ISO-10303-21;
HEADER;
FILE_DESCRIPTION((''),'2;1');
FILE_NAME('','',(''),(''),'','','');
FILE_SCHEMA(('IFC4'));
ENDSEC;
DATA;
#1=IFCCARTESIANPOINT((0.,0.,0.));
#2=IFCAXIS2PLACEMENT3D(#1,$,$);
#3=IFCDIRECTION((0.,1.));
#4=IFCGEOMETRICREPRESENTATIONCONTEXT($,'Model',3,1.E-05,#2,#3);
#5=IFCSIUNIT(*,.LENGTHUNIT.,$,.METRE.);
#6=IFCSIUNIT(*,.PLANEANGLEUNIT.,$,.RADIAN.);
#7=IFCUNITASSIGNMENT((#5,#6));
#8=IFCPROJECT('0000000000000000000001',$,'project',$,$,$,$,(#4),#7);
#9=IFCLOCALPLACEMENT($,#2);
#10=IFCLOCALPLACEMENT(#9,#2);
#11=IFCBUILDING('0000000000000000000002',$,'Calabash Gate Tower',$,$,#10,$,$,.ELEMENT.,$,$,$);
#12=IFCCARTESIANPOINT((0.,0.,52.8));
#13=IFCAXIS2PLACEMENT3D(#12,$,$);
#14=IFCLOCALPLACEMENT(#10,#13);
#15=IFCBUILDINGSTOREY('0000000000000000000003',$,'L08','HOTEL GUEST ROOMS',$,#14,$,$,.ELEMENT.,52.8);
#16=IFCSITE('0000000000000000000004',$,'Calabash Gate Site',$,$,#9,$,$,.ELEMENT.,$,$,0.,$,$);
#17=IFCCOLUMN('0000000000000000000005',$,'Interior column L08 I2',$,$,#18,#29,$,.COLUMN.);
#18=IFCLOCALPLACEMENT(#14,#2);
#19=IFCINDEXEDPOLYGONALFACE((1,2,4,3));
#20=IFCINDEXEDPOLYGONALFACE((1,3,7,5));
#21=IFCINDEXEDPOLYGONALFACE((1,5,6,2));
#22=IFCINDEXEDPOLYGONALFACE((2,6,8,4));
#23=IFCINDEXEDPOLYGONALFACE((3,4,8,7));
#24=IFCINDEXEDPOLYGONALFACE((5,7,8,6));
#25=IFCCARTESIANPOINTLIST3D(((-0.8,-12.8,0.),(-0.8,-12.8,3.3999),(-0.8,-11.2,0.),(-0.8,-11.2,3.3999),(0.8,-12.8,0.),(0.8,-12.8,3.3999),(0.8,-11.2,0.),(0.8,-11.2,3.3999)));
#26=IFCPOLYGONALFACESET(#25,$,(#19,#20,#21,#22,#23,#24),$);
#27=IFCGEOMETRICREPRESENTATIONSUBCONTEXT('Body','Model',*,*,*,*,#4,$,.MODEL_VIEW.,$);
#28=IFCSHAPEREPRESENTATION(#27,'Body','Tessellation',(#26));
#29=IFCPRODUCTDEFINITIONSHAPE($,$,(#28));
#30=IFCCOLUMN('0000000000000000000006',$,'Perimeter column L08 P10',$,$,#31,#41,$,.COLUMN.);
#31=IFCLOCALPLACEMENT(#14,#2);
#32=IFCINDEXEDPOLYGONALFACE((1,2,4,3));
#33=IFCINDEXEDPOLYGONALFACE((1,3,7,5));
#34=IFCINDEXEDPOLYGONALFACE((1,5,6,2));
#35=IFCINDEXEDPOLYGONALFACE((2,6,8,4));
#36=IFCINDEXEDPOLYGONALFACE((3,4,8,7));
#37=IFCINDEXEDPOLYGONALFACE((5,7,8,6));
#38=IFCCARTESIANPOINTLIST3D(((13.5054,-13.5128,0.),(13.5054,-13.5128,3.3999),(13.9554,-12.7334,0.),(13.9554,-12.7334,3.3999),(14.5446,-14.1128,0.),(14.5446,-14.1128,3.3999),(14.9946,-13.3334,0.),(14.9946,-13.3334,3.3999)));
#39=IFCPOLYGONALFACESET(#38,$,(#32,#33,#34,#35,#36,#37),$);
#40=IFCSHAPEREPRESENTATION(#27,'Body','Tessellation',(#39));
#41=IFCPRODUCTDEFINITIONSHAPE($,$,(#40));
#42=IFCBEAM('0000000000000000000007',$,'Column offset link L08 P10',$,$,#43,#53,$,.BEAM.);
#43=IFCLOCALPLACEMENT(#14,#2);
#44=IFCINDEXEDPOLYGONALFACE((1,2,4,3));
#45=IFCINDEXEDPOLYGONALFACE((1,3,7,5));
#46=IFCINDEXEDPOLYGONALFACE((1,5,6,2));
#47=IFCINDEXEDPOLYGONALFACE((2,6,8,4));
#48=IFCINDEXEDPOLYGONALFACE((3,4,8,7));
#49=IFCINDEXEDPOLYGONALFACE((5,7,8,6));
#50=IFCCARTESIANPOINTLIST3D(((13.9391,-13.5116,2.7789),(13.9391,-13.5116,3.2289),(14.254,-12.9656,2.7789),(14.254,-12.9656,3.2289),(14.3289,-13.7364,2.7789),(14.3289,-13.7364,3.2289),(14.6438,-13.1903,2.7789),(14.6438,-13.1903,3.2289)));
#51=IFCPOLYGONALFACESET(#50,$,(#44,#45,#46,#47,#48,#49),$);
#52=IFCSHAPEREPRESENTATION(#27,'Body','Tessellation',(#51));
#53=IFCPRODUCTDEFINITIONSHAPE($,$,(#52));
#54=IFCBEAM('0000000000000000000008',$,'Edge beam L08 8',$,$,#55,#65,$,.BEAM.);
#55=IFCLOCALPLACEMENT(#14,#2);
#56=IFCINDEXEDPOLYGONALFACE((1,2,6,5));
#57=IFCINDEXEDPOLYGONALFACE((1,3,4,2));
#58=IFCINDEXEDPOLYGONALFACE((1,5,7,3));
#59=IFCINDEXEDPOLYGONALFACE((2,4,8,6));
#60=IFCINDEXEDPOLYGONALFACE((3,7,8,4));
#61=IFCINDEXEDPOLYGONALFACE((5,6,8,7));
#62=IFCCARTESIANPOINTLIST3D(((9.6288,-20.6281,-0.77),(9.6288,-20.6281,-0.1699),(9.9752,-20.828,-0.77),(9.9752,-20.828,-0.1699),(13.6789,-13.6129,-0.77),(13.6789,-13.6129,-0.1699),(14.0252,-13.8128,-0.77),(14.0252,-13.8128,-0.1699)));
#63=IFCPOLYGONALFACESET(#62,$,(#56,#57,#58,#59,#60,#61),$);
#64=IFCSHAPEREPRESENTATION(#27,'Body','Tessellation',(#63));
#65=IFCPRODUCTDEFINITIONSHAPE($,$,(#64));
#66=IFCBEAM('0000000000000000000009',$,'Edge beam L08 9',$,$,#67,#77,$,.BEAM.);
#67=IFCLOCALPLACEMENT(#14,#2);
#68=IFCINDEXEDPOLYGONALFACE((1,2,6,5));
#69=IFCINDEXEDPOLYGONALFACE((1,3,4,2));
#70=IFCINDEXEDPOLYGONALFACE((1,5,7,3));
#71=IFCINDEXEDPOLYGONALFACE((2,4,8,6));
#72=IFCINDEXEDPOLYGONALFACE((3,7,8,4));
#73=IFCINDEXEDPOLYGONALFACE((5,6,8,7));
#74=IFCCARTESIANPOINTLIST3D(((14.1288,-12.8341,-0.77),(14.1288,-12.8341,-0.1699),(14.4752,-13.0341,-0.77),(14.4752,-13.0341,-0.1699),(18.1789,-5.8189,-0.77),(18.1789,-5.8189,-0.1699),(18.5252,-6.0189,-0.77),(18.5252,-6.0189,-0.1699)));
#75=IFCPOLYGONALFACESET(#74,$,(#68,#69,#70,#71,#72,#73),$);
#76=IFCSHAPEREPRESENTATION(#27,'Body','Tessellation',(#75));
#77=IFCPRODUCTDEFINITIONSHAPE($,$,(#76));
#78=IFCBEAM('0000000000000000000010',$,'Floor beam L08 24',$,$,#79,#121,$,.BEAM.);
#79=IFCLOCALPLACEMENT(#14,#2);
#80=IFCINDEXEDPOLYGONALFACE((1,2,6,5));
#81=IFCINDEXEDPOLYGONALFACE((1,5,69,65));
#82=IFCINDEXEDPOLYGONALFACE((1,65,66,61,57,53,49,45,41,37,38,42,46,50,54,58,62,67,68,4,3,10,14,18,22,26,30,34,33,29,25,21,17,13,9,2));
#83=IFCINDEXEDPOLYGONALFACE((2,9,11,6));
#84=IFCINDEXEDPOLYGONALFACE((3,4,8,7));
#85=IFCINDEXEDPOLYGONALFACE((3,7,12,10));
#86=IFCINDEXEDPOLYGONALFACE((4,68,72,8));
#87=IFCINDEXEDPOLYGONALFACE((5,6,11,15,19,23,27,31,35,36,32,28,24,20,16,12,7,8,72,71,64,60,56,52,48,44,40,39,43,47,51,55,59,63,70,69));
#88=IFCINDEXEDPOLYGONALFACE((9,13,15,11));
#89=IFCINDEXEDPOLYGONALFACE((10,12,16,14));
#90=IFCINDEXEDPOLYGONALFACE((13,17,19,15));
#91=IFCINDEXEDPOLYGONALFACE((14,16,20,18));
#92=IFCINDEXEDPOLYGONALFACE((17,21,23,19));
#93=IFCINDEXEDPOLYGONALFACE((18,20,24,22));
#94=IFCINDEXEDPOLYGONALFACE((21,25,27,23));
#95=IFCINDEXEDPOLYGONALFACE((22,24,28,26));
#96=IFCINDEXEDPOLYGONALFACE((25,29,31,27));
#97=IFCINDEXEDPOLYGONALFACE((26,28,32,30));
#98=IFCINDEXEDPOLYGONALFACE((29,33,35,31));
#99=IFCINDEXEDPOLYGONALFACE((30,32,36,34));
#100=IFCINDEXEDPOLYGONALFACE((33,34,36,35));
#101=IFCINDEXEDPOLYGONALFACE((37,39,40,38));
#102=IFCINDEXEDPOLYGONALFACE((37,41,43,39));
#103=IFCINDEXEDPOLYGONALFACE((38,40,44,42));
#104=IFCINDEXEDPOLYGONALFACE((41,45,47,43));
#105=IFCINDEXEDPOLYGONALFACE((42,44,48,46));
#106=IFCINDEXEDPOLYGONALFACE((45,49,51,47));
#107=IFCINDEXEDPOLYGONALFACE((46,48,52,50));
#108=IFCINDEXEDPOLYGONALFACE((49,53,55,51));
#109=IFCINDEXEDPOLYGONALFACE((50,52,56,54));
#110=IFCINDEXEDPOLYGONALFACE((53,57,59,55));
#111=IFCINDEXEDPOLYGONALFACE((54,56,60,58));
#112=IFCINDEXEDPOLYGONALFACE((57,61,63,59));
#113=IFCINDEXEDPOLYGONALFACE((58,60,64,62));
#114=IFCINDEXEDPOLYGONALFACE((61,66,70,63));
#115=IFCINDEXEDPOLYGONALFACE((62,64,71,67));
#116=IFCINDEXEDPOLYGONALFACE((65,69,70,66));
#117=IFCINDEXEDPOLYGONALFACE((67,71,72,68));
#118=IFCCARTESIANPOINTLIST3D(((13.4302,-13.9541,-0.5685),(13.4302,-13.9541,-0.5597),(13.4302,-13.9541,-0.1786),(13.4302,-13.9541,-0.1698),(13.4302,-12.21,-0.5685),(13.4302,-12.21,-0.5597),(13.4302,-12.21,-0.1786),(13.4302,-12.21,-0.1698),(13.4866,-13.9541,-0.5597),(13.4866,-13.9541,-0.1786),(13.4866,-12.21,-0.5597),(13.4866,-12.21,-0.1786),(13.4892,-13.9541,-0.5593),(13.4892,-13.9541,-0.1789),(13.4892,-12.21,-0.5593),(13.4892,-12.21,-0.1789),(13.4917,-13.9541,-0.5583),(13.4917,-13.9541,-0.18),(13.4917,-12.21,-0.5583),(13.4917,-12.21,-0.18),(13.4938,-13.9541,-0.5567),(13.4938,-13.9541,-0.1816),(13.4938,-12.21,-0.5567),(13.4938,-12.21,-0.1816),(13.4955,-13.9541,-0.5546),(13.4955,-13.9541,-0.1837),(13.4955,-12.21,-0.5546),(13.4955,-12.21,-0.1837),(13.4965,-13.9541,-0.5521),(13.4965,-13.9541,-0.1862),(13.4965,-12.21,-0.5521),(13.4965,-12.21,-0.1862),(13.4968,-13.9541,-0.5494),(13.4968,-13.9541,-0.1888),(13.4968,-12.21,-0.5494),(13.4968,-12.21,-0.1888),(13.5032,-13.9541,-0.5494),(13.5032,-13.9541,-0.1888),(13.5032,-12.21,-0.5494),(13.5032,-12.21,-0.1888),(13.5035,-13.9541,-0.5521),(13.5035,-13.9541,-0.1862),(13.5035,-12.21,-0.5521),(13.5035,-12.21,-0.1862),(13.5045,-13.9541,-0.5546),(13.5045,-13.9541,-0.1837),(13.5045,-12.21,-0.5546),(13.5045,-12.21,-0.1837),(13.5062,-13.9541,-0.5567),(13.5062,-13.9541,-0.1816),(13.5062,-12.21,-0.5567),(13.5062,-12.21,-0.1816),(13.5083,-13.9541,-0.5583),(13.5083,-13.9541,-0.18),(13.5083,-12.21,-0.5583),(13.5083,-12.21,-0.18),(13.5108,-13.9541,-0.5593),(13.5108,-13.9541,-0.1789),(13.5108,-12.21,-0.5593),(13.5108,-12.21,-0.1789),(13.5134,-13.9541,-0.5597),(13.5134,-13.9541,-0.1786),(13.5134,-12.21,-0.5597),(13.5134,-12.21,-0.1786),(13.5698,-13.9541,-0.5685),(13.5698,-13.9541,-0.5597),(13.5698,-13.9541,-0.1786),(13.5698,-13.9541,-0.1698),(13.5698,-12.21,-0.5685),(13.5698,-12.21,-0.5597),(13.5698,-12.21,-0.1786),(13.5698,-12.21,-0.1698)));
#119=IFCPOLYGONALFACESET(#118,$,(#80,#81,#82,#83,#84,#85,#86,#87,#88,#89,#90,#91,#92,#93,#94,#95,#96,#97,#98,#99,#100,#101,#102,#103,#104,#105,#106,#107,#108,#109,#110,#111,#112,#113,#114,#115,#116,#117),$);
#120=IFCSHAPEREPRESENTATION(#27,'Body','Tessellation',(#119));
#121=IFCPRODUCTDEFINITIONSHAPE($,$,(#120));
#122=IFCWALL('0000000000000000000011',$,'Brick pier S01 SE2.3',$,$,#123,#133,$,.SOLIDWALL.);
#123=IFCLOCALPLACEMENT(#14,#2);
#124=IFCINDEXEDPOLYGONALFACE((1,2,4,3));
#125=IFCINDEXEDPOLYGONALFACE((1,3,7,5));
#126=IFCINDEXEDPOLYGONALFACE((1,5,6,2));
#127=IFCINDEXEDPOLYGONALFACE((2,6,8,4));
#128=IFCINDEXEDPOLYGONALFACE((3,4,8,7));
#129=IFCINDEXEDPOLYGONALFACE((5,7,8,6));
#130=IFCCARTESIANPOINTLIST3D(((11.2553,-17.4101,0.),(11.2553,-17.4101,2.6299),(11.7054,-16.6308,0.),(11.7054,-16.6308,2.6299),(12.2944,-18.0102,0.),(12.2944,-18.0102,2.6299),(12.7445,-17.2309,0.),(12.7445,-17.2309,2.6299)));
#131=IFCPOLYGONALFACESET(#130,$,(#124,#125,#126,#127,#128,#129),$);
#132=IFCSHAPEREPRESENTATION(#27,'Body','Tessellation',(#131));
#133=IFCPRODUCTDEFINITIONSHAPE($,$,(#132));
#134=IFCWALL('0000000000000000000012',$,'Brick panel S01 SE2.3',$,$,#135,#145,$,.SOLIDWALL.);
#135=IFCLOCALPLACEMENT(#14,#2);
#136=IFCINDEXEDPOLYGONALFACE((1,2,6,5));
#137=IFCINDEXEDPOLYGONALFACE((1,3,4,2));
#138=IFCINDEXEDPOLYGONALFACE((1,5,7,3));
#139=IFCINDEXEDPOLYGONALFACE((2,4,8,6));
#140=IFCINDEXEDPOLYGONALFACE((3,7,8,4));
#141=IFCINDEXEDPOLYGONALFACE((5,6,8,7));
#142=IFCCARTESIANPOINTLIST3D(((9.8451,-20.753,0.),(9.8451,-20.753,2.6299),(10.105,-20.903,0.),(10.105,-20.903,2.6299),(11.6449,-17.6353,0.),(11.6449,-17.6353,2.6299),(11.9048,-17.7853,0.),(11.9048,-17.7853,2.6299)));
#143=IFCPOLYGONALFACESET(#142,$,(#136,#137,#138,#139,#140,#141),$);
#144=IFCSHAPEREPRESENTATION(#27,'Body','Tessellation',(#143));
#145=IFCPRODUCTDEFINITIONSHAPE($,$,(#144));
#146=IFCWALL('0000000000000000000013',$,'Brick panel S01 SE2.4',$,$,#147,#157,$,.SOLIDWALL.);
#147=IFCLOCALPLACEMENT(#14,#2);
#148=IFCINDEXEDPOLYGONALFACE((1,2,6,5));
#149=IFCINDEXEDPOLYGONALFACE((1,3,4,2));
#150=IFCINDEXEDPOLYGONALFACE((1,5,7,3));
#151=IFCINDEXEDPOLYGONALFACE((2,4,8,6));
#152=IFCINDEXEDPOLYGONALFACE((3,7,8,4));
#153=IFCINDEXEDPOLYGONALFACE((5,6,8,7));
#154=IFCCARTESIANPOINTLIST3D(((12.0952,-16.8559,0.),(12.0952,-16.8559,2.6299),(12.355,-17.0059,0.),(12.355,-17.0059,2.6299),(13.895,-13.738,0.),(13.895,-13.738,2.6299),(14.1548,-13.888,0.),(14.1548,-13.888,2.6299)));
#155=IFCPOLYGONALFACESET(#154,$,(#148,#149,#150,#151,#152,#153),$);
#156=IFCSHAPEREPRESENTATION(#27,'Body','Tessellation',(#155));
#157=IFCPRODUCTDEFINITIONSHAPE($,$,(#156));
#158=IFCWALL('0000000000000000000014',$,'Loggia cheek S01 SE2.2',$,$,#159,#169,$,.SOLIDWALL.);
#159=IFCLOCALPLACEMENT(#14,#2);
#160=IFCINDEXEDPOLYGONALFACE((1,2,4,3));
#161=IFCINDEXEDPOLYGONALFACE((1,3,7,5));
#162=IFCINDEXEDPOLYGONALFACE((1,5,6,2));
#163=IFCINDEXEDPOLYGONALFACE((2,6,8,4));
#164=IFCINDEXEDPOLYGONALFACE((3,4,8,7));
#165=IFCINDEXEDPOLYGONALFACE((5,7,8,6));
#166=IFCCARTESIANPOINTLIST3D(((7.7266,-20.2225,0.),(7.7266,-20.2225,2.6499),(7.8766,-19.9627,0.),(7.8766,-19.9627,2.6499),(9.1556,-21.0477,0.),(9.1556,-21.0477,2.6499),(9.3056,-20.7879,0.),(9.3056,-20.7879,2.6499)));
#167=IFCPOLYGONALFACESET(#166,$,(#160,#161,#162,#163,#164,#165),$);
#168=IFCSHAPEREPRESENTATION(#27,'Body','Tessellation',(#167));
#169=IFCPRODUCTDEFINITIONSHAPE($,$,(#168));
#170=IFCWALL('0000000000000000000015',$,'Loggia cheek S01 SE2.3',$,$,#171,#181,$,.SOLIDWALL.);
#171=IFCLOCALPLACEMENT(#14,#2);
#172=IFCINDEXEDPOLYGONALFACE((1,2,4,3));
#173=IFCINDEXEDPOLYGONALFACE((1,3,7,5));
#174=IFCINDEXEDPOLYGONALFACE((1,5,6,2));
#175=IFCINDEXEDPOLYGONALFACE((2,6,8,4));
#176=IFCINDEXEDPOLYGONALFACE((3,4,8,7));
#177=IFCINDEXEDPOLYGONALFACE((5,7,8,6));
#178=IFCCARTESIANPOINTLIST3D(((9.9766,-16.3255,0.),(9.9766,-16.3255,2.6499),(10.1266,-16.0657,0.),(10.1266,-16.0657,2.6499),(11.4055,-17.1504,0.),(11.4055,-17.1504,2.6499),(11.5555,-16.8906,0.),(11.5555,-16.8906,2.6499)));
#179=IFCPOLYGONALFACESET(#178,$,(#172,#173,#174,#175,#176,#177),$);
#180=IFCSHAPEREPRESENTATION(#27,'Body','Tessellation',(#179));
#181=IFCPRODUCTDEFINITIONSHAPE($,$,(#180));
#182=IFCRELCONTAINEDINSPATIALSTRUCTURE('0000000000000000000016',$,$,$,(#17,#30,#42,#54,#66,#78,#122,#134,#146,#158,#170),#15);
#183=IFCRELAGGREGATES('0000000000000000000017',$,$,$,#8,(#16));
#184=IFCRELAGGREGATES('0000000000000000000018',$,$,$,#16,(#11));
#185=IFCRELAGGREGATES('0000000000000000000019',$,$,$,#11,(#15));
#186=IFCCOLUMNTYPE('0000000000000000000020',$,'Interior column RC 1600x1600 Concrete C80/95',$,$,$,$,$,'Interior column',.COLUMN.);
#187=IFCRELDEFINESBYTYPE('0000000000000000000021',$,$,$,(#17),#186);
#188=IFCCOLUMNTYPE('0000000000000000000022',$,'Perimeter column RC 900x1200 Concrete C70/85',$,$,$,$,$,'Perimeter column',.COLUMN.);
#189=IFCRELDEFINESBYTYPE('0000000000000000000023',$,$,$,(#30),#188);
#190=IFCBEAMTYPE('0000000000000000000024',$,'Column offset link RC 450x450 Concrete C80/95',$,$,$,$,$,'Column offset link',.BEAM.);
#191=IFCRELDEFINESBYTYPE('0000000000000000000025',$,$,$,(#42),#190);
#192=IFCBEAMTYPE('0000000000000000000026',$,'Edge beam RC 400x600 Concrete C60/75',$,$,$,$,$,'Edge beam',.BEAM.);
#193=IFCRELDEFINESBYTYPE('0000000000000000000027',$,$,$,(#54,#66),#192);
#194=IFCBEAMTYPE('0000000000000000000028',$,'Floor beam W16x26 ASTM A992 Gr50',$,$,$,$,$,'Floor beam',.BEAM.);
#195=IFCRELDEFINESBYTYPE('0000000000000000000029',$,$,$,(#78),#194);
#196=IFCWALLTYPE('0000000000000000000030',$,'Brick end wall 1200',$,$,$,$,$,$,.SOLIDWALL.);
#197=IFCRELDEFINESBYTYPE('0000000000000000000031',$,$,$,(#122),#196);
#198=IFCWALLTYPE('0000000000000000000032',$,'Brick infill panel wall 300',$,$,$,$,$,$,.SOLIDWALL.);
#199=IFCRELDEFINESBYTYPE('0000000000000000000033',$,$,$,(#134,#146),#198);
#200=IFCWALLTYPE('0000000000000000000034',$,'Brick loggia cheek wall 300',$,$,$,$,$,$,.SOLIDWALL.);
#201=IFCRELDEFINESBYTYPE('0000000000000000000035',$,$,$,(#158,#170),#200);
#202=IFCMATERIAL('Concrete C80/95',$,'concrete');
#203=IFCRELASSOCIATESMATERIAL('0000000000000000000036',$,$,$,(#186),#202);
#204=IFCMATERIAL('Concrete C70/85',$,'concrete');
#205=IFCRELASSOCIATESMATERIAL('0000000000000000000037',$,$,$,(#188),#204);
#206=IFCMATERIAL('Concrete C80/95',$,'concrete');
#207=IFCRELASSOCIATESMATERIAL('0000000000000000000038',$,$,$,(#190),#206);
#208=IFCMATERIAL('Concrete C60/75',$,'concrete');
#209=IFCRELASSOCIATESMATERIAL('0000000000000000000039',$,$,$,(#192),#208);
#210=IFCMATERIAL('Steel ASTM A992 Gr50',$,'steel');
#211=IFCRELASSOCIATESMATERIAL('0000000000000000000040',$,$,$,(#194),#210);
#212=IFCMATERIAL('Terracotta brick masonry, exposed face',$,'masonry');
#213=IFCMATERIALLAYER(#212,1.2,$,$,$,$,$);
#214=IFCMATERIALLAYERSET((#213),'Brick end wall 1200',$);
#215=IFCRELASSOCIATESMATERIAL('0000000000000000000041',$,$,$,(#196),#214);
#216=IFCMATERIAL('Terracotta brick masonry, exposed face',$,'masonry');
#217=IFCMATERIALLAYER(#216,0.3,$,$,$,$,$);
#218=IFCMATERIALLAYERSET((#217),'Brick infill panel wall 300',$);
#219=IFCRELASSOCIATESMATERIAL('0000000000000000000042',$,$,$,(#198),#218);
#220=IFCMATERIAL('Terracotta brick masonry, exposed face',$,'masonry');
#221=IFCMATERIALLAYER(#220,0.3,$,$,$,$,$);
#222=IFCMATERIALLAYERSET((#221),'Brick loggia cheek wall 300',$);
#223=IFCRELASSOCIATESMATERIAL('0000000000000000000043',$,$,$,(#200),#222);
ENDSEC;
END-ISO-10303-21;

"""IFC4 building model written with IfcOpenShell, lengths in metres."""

from ifc_helpers import new_model, si_unit, direction, frame, frame_2d, origin, origin_2d, place, context, subcontext, project, spatial, rectangle, i_section, extrude, material, layer, layer_set, material_profile, profile_set, type_object, element, save


model = new_model("IFC4")

# Units and contexts
model_context = context("Model", 3, precision=1e-05, world=origin(), true_north=direction((0.0, 1.0)))
body_context = subcontext(model_context, "Body", "Model", "MODEL_VIEW")
ifc_project = project(units=[si_unit("LENGTHUNIT", "METRE"), si_unit("PLANEANGLEUNIT", "RADIAN")], contexts=[model_context])

# Site, building, storey
site_placement = place(None, origin())
site = spatial("IfcSite", under=ifc_project, at=site_placement, Name="Calabash Gate Site", CompositionType="ELEMENT", RefElevation=0.0)
building_placement = place(site_placement, origin())
building = spatial("IfcBuilding", under=site, at=building_placement, Name="Calabash Gate Tower", CompositionType="ELEMENT")
storey_placement = place(building_placement, frame((0.0, 0.0, 52.8)))
storey = spatial("IfcBuildingStorey", under=building, at=storey_placement, Name="L08", Description="HOTEL GUEST ROOMS", CompositionType="ELEMENT", Elevation=52.8)

# Columns
ifc_material_1 = material(Name="Concrete C80/95", Category="concrete")
ifc_material_profile_1 = material_profile(ifc_material_1, rectangle(XDim=1.6001, YDim=1.6001, at=origin_2d()))
ifc_profile_set_1 = profile_set([ifc_material_profile_1], Name="Concrete C80/95")
column_type_1 = type_object("IfcColumnType", Name="Interior column RC 1600x1600 Concrete C80/95", ElementType="Interior column", PredefinedType="COLUMN", material=ifc_profile_set_1)
column_1_placement = place(storey_placement, frame((0.0, -12.0, 0.0), z_axis=(0.0, 0.0, 1.0), x_axis=(1.0, 0.0, 0.0)))
element("IfcColumn", 1, at=column_1_placement, inside=storey, type_object=column_type_1, Name="Interior column L08 I2", PredefinedType="COLUMN", context=body_context, shape_type="SweptSolid", body=[
    extrude(rectangle(XDim=1.6001, YDim=1.6001, at=origin_2d()), origin(), (0.0, 0.0, 1.0), 3.3999),
])
ifc_material_2 = material(Name="Concrete C70/85", Category="concrete")
ifc_material_profile_2 = material_profile(ifc_material_2, rectangle(XDim=0.8999, YDim=1.2, at=origin_2d()))
ifc_profile_set_2 = profile_set([ifc_material_profile_2], Name="Concrete C70/85")
column_type_2 = type_object("IfcColumnType", Name="Perimeter column RC 900x1200 Concrete C70/85", ElementType="Perimeter column", PredefinedType="COLUMN", material=ifc_profile_set_2)
column_2_placement = place(storey_placement, frame((14.25, -13.4231, 0.0), z_axis=(0.0, 0.0, 1.0), x_axis=(0.5, 0.866025, 0.0)))
element("IfcColumn", 2, at=column_2_placement, inside=storey, type_object=column_type_2, Name="Perimeter column L08 P10", PredefinedType="COLUMN", context=body_context, shape_type="SweptSolid", body=[
    extrude(rectangle(XDim=0.8999, YDim=1.2, at=origin_2d()), origin(), (0.0, 0.0, 1.0), 3.3999),
])

# Beams
ifc_material_3 = material(Name="Concrete C80/95", Category="concrete")
ifc_material_profile_3 = material_profile(ifc_material_3, rectangle(XDim=0.45, YDim=0.45, at=origin_2d()))
ifc_profile_set_3 = profile_set([ifc_material_profile_3], Name="Concrete C80/95")
beam_type_1 = type_object("IfcBeamType", Name="Column offset link RC 450x450 Concrete C80/95", ElementType="Column offset link", PredefinedType="BEAM", material=ifc_profile_set_3)
beam_1_placement = place(storey_placement, frame((14.134, -13.624, 3.0039), z_axis=(0.499555, 0.866282, 0.0), x_axis=(-0.866282, 0.499555, 0.0)))
element("IfcBeam", 3, at=beam_1_placement, inside=storey, type_object=beam_type_1, Name="Column offset link L08 P10", PredefinedType="BEAM", context=body_context, shape_type="SweptSolid", body=[
    extrude(rectangle(XDim=0.45, YDim=0.45, at=origin_2d()), origin(), (0.0, 0.0, 1.0), 0.6304),
])
ifc_material_4 = material(Name="Concrete C60/75", Category="concrete")
ifc_material_profile_4 = material_profile(ifc_material_4, rectangle(XDim=0.3999, YDim=0.6001, at=origin_2d()))
ifc_profile_set_4 = profile_set([ifc_material_profile_4], Name="Concrete C60/75")
beam_type_2 = type_object("IfcBeamType", Name="Edge beam RC 400x600 Concrete C60/75", ElementType="Edge beam", PredefinedType="BEAM", material=ifc_profile_set_4)
for number, where, z_axis, x_axis, name in (
    (4, (9.802, -20.728, -0.47), (0.499987, 0.866033, 0.0), (-0.866033, 0.499987, 0.0), "Edge beam L08 8"),
    (5, (14.302, -12.9341, -0.47), (0.499987, 0.866033, 0.0), (-0.866033, 0.499987, 0.0), "Edge beam L08 9"),
):
    element("IfcBeam", number, at=place(storey_placement, frame(where, z_axis=z_axis, x_axis=x_axis)), inside=storey, type_object=beam_type_2, Name=name, PredefinedType="BEAM", context=body_context, shape_type="SweptSolid", body=[
        extrude(rectangle(XDim=0.3999, YDim=0.6001, at=origin_2d()), origin(), (0.0, 0.0, 1.0), 8.1003),
    ])
ifc_material_5 = material(Name="Steel ASTM A992 Gr50", Category="steel")
ifc_material_profile_5 = material_profile(ifc_material_5, i_section(OverallWidth=0.1396, OverallDepth=0.3987, WebThickness=0.0063, FlangeThickness=0.0088, FilletRadius=0.0103, at=origin_2d()))
ifc_profile_set_5 = profile_set([ifc_material_profile_5], Name="Steel ASTM A992 Gr50")
beam_type_3 = type_object("IfcBeamType", Name="Floor beam W16x26 ASTM A992 Gr50", ElementType="Floor beam", PredefinedType="BEAM", material=ifc_profile_set_5)
beam_2_placement = place(storey_placement, frame((13.5, -13.9541, -0.3691), z_axis=(0.0, 1.0, 0.0), x_axis=(-1.0, 0.0, 0.0)))
element("IfcBeam", 6, at=beam_2_placement, inside=storey, type_object=beam_type_3, Name="Floor beam L08 24", PredefinedType="BEAM", context=body_context, shape_type="SweptSolid", body=[
    extrude(i_section(OverallWidth=0.1396, OverallDepth=0.3987, WebThickness=0.0063, FlangeThickness=0.0088, FilletRadius=0.0103, at=origin_2d()), origin(), (0.0, 0.0, 1.0), 1.7441),
])

# Walls
ifc_material_6 = material(Name="Terracotta brick masonry, exposed face", Category="masonry")
ifc_layer_1 = layer(ifc_material_6, 1.2)
ifc_layer_set_1 = layer_set([ifc_layer_1], Name="Brick end wall 1200")
wall_type_1 = type_object("IfcWallType", Name="Brick end wall 1200", PredefinedType="SOLIDWALL", material=ifc_layer_set_1)
wall_1_placement = place(storey_placement, frame((12.5195, -17.6206, 0.0), z_axis=(0.0, 0.0, 1.0), x_axis=(-0.865955, 0.500122, 0.0)))
element("IfcWall", 7, at=wall_1_placement, inside=storey, type_object=wall_type_1, Name="Brick pier S01 SE2.3", PredefinedType="SOLIDWALL", context=body_context, shape_type="SweptSolid", body=[
    extrude(rectangle(XDim=1.2, YDim=0.8999, at=frame_2d((0.6001, 0.0))), origin(), (0.0, 0.0, 1.0), 2.6299),
])
ifc_material_7 = material(Name="Terracotta brick masonry, exposed face", Category="masonry")
ifc_layer_2 = layer(ifc_material_7, 0.3)
ifc_layer_set_2 = layer_set([ifc_layer_2], Name="Brick infill panel wall 300")
wall_type_2 = type_object("IfcWallType", Name="Brick infill panel wall 300", PredefinedType="SOLIDWALL", material=ifc_layer_set_2)
wall_2_placement = place(storey_placement, frame((9.9751, -20.8279, 0.0), z_axis=(0.0, 0.0, 1.0), x_axis=(0.499961, 0.866048, 0.0)))
element("IfcWall", 8, at=wall_2_placement, inside=storey, type_object=wall_type_2, Name="Brick panel S01 SE2.3", PredefinedType="SOLIDWALL", context=body_context, shape_type="SweptSolid", body=[
    extrude(rectangle(XDim=3.5999, YDim=0.3, at=frame_2d((1.7998, 0.0))), origin(), (0.0, 0.0, 1.0), 2.6299),
])
wall_3_placement = place(storey_placement, frame((12.2251, -16.9309, 0.0), z_axis=(0.0, 0.0, 1.0), x_axis=(0.499932, 0.866065, 0.0)))
element("IfcWall", 9, at=wall_3_placement, inside=storey, type_object=wall_type_2, Name="Brick panel S01 SE2.4", PredefinedType="SOLIDWALL", context=body_context, shape_type="SweptSolid", body=[
    extrude(rectangle(XDim=3.6001, YDim=0.3, at=frame_2d((1.8, 0.0))), origin(), (0.0, 0.0, 1.0), 2.6299),
])
ifc_material_8 = material(Name="Terracotta brick masonry, exposed face", Category="masonry")
ifc_layer_3 = layer(ifc_material_8, 0.3)
ifc_layer_set_3 = layer_set([ifc_layer_3], Name="Brick loggia cheek wall 300")
wall_type_3 = type_object("IfcWallType", Name="Brick loggia cheek wall 300", PredefinedType="SOLIDWALL", material=ifc_layer_set_3)
wall_4_placement = place(storey_placement, frame((7.8015, -20.0925, 0.0), z_axis=(0.0, 0.0, 1.0), x_axis=(0.865976, -0.500085, 0.0)))
element("IfcWall", 10, at=wall_4_placement, inside=storey, type_object=wall_type_3, Name="Loggia cheek S01 SE2.2", PredefinedType="SOLIDWALL", context=body_context, shape_type="SweptSolid", body=[
    extrude(rectangle(XDim=1.6501, YDim=0.3, at=frame_2d((0.8252, 0.0))), origin(), (0.0, 0.0, 1.0), 2.6499),
])
wall_5_placement = place(storey_placement, frame((11.4805, -17.0205, 0.0), z_axis=(0.0, 0.0, 1.0), x_axis=(-0.86604, 0.499974, 0.0)))
element("IfcWall", 11, at=wall_5_placement, inside=storey, type_object=wall_type_3, Name="Loggia cheek S01 SE2.3", PredefinedType="SOLIDWALL", context=body_context, shape_type="SweptSolid", body=[
    extrude(rectangle(XDim=1.6499, YDim=0.3, at=frame_2d((0.825, 0.0))), origin(), (0.0, 0.0, 1.0), 2.6499),
])

save(model, "model.ifc")
